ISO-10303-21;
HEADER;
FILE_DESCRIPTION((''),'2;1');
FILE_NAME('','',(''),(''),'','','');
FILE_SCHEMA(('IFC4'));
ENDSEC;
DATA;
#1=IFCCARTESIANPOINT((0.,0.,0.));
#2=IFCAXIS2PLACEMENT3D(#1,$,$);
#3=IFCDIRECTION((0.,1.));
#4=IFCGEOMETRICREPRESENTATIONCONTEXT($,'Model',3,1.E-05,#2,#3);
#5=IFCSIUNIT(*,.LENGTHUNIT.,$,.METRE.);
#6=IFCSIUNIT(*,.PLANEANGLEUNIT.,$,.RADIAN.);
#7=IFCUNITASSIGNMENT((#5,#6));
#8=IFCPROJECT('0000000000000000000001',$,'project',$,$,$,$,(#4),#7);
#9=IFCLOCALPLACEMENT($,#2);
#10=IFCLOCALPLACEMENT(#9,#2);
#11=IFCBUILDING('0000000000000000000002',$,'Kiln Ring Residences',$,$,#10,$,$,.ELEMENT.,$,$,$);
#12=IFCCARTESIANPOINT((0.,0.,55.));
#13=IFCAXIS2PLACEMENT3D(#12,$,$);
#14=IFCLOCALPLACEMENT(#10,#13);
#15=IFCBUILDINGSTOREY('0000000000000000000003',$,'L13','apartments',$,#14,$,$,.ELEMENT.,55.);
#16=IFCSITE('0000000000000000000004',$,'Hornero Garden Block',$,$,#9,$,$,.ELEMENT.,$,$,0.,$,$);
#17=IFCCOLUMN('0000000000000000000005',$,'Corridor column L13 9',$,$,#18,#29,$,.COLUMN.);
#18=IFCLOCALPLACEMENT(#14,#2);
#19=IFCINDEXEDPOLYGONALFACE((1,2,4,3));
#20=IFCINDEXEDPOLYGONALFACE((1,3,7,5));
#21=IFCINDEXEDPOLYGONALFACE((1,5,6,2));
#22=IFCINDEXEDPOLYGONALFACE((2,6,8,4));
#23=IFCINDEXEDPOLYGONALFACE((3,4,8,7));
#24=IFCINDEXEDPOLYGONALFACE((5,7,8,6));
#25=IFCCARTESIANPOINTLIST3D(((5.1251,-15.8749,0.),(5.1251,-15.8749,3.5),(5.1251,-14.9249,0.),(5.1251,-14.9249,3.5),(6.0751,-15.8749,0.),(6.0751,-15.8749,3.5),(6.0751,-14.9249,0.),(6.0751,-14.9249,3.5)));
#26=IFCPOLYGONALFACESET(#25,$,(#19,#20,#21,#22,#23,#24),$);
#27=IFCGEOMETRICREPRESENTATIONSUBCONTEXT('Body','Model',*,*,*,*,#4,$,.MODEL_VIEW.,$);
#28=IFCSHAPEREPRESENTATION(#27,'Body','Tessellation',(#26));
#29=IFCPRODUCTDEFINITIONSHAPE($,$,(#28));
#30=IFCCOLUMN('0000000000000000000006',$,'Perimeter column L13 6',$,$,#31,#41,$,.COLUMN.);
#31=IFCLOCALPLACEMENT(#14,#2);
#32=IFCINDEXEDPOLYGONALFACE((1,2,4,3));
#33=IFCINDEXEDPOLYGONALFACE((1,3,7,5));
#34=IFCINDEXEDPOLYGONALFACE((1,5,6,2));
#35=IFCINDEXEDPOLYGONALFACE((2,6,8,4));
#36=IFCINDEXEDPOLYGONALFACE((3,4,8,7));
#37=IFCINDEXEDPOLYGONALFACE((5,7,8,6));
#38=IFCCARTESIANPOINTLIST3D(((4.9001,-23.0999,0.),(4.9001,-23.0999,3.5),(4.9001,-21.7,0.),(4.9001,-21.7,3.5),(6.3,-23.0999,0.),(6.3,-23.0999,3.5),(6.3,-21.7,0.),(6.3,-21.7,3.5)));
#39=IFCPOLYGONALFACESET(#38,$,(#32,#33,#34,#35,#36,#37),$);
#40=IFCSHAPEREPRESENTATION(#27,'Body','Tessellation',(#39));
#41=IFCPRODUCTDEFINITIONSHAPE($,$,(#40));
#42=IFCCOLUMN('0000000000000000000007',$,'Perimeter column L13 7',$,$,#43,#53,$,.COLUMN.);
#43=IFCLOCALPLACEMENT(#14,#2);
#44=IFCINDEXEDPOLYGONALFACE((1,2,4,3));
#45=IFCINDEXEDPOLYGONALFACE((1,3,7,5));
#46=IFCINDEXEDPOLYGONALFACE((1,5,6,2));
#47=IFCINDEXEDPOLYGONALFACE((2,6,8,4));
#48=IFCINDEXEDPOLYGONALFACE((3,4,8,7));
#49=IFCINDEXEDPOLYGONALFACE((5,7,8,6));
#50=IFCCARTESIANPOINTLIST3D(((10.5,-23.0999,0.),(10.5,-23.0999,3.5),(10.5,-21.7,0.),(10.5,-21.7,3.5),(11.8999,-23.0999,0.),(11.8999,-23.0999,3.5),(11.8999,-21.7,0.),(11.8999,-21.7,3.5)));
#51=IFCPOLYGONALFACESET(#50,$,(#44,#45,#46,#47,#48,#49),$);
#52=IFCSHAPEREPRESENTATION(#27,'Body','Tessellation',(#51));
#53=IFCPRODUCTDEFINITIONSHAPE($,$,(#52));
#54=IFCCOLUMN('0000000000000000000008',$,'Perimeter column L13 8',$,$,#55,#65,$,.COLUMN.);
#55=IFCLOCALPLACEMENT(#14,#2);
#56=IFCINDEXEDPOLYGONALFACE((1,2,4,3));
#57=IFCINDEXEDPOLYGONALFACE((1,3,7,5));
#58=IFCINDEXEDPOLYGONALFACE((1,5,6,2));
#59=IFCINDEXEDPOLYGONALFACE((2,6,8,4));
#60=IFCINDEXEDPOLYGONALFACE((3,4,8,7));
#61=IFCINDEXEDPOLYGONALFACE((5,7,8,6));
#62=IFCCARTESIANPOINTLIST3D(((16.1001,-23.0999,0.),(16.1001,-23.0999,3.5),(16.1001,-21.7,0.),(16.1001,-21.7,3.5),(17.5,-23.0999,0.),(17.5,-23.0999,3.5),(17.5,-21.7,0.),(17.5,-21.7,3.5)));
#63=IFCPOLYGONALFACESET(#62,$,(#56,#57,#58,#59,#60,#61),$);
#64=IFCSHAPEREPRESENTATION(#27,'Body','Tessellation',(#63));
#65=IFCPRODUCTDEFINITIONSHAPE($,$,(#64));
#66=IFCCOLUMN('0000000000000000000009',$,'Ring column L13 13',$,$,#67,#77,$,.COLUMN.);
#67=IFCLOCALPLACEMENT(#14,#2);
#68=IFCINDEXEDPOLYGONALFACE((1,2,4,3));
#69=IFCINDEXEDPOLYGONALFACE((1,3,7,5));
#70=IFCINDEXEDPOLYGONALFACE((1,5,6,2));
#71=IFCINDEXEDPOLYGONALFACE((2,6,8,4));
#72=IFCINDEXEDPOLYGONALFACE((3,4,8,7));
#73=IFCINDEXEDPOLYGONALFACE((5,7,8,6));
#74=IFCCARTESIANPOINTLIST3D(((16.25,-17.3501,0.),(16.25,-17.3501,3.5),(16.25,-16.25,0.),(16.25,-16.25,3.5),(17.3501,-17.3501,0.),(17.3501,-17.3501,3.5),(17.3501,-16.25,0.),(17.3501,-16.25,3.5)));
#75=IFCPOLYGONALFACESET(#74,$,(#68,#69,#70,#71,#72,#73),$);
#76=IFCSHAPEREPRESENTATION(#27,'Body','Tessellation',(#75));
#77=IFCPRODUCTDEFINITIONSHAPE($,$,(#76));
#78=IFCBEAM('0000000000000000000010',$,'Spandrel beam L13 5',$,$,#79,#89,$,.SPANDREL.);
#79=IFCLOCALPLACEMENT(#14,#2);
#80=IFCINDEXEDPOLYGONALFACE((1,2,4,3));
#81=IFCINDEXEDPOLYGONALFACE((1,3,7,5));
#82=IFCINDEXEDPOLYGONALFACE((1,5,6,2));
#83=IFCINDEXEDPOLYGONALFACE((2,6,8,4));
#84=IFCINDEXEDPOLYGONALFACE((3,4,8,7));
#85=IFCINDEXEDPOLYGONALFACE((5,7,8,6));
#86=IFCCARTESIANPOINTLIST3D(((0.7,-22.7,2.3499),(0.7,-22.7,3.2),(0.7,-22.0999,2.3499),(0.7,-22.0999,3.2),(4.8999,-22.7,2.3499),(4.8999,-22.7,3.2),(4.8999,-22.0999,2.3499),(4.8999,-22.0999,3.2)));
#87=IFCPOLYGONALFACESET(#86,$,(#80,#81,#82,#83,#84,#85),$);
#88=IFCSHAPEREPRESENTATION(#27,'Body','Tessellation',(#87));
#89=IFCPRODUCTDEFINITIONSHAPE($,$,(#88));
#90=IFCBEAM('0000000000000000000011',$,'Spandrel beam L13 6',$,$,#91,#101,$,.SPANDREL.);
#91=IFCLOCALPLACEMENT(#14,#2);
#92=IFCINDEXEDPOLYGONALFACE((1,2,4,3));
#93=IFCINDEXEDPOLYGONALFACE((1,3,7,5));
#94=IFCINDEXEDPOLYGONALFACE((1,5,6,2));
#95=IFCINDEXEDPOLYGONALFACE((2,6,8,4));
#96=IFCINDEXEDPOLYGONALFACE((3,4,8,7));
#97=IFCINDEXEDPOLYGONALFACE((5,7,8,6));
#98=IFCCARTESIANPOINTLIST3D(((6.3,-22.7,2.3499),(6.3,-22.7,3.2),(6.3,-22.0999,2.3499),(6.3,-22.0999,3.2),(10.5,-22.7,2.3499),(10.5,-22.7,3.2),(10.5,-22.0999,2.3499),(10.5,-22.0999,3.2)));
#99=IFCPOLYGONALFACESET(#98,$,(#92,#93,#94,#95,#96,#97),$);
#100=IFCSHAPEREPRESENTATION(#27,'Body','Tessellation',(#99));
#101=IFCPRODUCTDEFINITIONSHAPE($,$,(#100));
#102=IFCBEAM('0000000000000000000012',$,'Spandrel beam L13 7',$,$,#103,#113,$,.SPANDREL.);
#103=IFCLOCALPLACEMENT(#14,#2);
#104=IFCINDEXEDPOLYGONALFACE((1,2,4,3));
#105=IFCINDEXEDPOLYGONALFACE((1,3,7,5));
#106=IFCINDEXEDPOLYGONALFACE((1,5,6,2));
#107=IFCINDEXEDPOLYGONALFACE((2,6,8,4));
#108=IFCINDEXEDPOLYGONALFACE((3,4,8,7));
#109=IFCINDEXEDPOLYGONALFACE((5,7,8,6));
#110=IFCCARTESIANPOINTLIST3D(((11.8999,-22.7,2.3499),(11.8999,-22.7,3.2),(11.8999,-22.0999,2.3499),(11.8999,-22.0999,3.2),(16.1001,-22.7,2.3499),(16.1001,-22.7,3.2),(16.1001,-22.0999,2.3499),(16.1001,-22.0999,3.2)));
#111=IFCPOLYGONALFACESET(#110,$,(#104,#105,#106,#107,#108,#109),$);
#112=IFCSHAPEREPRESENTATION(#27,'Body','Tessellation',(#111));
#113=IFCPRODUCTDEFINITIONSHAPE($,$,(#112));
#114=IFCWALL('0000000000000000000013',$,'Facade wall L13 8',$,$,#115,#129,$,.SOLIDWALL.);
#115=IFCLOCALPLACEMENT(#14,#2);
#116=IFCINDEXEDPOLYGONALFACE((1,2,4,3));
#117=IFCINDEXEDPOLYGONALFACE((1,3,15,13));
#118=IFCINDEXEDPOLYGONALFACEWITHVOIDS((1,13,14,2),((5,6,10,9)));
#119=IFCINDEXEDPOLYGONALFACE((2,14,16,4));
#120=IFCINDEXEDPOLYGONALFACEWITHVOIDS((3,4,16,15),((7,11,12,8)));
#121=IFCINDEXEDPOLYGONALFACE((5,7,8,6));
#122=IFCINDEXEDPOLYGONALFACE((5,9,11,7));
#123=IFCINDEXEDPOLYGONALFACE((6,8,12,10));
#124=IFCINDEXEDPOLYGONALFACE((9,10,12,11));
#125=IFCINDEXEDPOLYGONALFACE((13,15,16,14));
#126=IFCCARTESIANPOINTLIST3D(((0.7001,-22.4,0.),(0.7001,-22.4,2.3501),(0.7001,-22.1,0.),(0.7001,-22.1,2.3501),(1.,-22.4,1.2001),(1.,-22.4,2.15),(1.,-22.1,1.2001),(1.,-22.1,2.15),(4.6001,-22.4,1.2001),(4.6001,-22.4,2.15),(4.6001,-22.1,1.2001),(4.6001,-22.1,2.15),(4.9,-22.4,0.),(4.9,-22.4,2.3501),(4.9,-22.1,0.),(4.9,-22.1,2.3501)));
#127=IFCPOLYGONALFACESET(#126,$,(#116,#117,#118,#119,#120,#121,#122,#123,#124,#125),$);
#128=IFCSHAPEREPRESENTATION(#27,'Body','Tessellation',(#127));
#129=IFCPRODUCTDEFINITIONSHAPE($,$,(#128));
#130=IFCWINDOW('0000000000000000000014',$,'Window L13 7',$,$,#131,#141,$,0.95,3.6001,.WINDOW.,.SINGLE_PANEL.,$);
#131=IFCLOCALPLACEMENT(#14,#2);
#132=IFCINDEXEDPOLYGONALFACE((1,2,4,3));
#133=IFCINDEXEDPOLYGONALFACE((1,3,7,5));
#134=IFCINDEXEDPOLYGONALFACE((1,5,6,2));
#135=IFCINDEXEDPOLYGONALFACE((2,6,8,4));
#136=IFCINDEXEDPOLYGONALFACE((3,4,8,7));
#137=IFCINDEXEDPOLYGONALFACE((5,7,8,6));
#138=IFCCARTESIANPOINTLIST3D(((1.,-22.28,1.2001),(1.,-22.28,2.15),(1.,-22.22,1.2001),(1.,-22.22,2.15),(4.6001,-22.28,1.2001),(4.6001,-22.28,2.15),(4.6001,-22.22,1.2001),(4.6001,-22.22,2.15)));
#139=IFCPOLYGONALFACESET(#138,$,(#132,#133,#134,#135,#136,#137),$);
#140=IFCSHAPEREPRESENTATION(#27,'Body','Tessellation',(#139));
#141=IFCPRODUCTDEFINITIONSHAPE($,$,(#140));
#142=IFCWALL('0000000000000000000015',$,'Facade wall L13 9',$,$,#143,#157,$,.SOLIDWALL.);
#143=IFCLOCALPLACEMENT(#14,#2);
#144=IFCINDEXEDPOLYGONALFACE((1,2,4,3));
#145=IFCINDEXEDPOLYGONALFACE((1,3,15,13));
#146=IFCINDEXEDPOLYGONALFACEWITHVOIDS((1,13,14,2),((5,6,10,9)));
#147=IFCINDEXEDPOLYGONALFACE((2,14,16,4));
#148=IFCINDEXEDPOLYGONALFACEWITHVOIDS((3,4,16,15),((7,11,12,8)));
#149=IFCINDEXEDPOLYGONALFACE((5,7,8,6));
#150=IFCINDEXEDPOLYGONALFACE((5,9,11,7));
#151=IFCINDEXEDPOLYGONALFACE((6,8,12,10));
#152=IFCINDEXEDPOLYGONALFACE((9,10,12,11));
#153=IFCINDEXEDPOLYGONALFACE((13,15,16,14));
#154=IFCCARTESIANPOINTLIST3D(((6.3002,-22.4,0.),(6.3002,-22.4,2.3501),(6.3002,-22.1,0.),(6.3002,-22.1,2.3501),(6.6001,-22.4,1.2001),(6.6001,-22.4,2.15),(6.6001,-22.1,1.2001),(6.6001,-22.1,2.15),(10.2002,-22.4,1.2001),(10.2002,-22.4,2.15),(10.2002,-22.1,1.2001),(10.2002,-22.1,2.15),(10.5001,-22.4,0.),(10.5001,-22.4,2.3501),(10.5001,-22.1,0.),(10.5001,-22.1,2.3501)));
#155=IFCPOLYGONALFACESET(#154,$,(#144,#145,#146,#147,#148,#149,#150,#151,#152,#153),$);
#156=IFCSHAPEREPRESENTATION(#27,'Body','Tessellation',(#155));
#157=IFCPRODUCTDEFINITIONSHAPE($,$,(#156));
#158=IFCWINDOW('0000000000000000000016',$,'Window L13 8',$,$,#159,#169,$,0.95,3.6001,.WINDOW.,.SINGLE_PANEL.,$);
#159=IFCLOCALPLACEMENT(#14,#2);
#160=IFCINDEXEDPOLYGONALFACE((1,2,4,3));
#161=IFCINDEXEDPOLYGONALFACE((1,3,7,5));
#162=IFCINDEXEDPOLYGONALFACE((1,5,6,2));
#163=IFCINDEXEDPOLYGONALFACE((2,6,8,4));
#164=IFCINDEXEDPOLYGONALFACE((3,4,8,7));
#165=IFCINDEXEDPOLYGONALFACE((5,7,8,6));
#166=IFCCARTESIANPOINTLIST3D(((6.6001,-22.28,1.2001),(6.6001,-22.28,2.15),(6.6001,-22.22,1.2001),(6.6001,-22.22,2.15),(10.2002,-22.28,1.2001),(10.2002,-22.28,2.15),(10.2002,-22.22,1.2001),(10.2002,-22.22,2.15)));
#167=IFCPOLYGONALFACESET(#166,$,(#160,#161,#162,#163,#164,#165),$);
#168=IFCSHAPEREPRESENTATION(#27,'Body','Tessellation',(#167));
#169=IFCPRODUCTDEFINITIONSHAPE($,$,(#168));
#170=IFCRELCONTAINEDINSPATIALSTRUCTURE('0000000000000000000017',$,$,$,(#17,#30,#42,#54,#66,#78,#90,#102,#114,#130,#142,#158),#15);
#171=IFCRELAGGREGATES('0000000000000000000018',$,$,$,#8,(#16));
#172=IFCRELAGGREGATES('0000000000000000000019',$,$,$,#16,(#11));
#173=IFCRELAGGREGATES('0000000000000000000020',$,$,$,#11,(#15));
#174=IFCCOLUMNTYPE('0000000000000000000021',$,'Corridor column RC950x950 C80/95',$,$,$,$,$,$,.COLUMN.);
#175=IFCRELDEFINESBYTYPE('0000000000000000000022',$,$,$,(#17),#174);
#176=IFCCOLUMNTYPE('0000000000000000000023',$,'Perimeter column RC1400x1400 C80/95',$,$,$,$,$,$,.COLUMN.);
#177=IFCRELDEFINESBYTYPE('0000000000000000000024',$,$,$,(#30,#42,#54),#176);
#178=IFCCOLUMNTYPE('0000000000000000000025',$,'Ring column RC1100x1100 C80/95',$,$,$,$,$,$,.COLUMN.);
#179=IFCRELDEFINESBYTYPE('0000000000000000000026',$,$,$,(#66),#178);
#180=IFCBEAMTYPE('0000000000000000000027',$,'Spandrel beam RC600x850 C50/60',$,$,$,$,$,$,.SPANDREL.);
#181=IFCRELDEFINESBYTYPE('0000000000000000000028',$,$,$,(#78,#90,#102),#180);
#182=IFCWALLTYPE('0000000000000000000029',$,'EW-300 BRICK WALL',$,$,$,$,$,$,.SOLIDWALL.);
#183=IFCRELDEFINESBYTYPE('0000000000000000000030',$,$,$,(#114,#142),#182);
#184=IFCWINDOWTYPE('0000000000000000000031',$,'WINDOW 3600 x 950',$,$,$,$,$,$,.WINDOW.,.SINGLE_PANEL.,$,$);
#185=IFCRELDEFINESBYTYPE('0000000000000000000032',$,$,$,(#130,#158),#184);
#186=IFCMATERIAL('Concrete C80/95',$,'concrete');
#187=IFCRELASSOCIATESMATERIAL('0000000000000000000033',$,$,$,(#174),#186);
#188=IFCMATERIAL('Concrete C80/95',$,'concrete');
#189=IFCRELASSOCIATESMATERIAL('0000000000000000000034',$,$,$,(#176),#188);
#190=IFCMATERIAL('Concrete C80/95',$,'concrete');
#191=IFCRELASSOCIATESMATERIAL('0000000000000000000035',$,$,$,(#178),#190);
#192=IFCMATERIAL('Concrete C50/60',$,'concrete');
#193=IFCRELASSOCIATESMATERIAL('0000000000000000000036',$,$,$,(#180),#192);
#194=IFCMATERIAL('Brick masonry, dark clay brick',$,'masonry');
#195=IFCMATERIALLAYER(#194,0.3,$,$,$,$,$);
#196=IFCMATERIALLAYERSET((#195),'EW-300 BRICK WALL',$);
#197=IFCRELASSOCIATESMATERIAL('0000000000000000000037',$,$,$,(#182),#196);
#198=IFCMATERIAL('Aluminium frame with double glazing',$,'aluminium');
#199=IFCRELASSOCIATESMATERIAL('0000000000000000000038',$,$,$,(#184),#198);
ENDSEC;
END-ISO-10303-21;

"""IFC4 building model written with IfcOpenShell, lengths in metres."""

from ifc_helpers import new_model, si_unit, direction, frame, frame_2d, origin, origin_2d, place, context, subcontext, project, spatial, rectangle, extrude, material, layer, layer_set, material_profile, profile_set, type_object, element, fill, save


model = new_model("IFC4")

# Units and contexts
model_context = context("Model", 3, precision=1e-05, world=origin(), true_north=direction((0.0, 1.0)))
body_context = subcontext(model_context, "Body", "Model", "MODEL_VIEW")
ifc_project = project(units=[si_unit("LENGTHUNIT", "METRE"), si_unit("PLANEANGLEUNIT", "RADIAN")], contexts=[model_context])

# Site, building, storey
site_placement = place(None, origin())
site = spatial("IfcSite", under=ifc_project, at=site_placement, Name="Hornero Garden Block", CompositionType="ELEMENT", RefElevation=0.0)
building_placement = place(site_placement, origin())
building = spatial("IfcBuilding", under=site, at=building_placement, Name="Kiln Ring Residences", CompositionType="ELEMENT")
storey_placement = place(building_placement, frame((0.0, 0.0, 55.0)))
storey = spatial("IfcBuildingStorey", under=building, at=storey_placement, Name="L13", Description="apartments", CompositionType="ELEMENT", Elevation=55.0)

# Columns
ifc_material_1 = material(Name="Concrete C80/95", Category="concrete")
ifc_material_profile_1 = material_profile(ifc_material_1, rectangle(XDim=0.95, YDim=0.95, at=origin_2d()), Name="RC950x950")
ifc_profile_set_1 = profile_set([ifc_material_profile_1], Name="Concrete C80/95")
column_type_1 = type_object("IfcColumnType", Name="Corridor column RC950x950 C80/95", PredefinedType="COLUMN", material=ifc_profile_set_1)
column_1_placement = place(storey_placement, frame((5.6001, -15.3999, 0.0), z_axis=(0.0, 0.0, 1.0), x_axis=(1.0, 0.0, 0.0)))
element("IfcColumn", 1, at=column_1_placement, inside=storey, type_object=column_type_1, Name="Corridor column L13 9", PredefinedType="COLUMN", context=body_context, shape_type="SweptSolid", body=[
    extrude(rectangle(XDim=0.95, YDim=0.95, at=origin_2d()), origin(), (0.0, 0.0, 1.0), 3.5),
])
ifc_material_2 = material(Name="Concrete C80/95", Category="concrete")
ifc_material_profile_2 = material_profile(ifc_material_2, rectangle(XDim=1.3999, YDim=1.3999, at=origin_2d()), Name="RC1400x1400")
ifc_profile_set_2 = profile_set([ifc_material_profile_2], Name="Concrete C80/95")
column_type_2 = type_object("IfcColumnType", Name="Perimeter column RC1400x1400 C80/95", PredefinedType="COLUMN", material=ifc_profile_set_2)
for number, where, z_axis, x_axis, name in (
    (2, (5.6001, -22.3999, 0.0), (0.0, 0.0, 1.0), (1.0, 0.0, 0.0), "Perimeter column L13 6"),
    (3, (11.2, -22.3999, 0.0), (0.0, 0.0, 1.0), (1.0, 0.0, 0.0), "Perimeter column L13 7"),
    (4, (16.8, -22.3999, 0.0), (0.0, 0.0, 1.0), (1.0, 0.0, 0.0), "Perimeter column L13 8"),
):
    element("IfcColumn", number, at=place(storey_placement, frame(where, z_axis=z_axis, x_axis=x_axis)), inside=storey, type_object=column_type_2, Name=name, PredefinedType="COLUMN", context=body_context, shape_type="SweptSolid", body=[
        extrude(rectangle(XDim=1.3999, YDim=1.3999, at=origin_2d()), origin(), (0.0, 0.0, 1.0), 3.5),
    ])
ifc_material_3 = material(Name="Concrete C80/95", Category="concrete")
ifc_material_profile_3 = material_profile(ifc_material_3, rectangle(XDim=1.1001, YDim=1.1001, at=origin_2d()), Name="RC1100x1100")
ifc_profile_set_3 = profile_set([ifc_material_profile_3], Name="Concrete C80/95")
column_type_3 = type_object("IfcColumnType", Name="Ring column RC1100x1100 C80/95", PredefinedType="COLUMN", material=ifc_profile_set_3)
column_2_placement = place(storey_placement, frame((16.8, -16.8, 0.0), z_axis=(0.0, 0.0, 1.0), x_axis=(1.0, 0.0, 0.0)))
element("IfcColumn", 5, at=column_2_placement, inside=storey, type_object=column_type_3, Name="Ring column L13 13", PredefinedType="COLUMN", context=body_context, shape_type="SweptSolid", body=[
    extrude(rectangle(XDim=1.1001, YDim=1.1001, at=origin_2d()), origin(), (0.0, 0.0, 1.0), 3.5),
])

# Beams
ifc_material_4 = material(Name="Concrete C50/60", Category="concrete")
ifc_material_profile_4 = material_profile(ifc_material_4, rectangle(XDim=0.6001, YDim=0.8501, at=origin_2d()), Name="RC600x850")
ifc_profile_set_4 = profile_set([ifc_material_profile_4], Name="Concrete C50/60")
beam_type = type_object("IfcBeamType", Name="Spandrel beam RC600x850 C50/60", PredefinedType="SPANDREL", material=ifc_profile_set_4)
for number, where, z_axis, x_axis, name in (
    (6, (0.7, -22.3999, 2.7749), (1.0, 0.0, 0.0), (0.0, 1.0, 0.0), "Spandrel beam L13 5"),
    (7, (6.3, -22.3999, 2.7749), (1.0, 0.0, 0.0), (0.0, 1.0, 0.0), "Spandrel beam L13 6"),
):
    element("IfcBeam", number, at=place(storey_placement, frame(where, z_axis=z_axis, x_axis=x_axis)), inside=storey, type_object=beam_type, Name=name, PredefinedType="SPANDREL", context=body_context, shape_type="SweptSolid", body=[
        extrude(rectangle(XDim=0.6001, YDim=0.8501, at=origin_2d()), origin(), (0.0, 0.0, 1.0), 4.2),
    ])
beam_placement = place(storey_placement, frame((11.8999, -22.3999, 2.7749), z_axis=(1.0, 0.0, 0.0), x_axis=(0.0, 1.0, 0.0)))
element("IfcBeam", 8, at=beam_placement, inside=storey, type_object=beam_type, Name="Spandrel beam L13 7", PredefinedType="SPANDREL", context=body_context, shape_type="SweptSolid", body=[
    extrude(rectangle(XDim=0.6001, YDim=0.8501, at=origin_2d()), origin(), (0.0, 0.0, 1.0), 4.2002),
])

# Walls, openings, windows
ifc_material_5 = material(Name="Brick masonry, dark clay brick", Category="masonry")
ifc_layer_1 = layer(ifc_material_5, 0.3)
ifc_layer_set_1 = layer_set([ifc_layer_1], Name="EW-300 BRICK WALL")
wall_type_1 = type_object("IfcWallType", Name="EW-300 BRICK WALL", PredefinedType="SOLIDWALL", material=ifc_layer_set_1)
wall_1_placement = place(storey_placement, frame((0.7, -22.25, 0.0), z_axis=(0.0, 0.0, 1.0), x_axis=(1.0, 0.0, 0.0)))
wall_1 = element("IfcWall", 9, at=wall_1_placement, inside=storey, type_object=wall_type_1, Name="Facade wall L13 8", PredefinedType="SOLIDWALL", context=body_context, shape_type="SweptSolid", body=[
    extrude(rectangle(XDim=4.2, YDim=0.3, at=frame_2d((2.1001, 0.0))), origin(), (0.0, 0.0, 1.0), 2.3501),
])
opening_1_placement = place(wall_1_placement, frame((0.3, 0.0, 1.2)))
opening_1 = element("IfcOpeningElement", 10, at=opening_1_placement, cuts=wall_1, PredefinedType="OPENING", context=body_context, shape_type="SweptSolid", body=[
    extrude(rectangle(XDim=3.6001, YDim=0.95, at=frame_2d((1.8, 0.4751))), frame((0.0, 0.1599, 0.0), z_axis=(0.0, -1.0, 0.0), x_axis=(1.0, 0.0, 0.0)), (0.0, 0.0, 1.0), 0.3201),
])
ifc_material_6 = material(Name="Aluminium frame with double glazing", Category="aluminium")
window_type = type_object("IfcWindowType", Name="WINDOW 3600 x 950", PartitioningType="SINGLE_PANEL", PredefinedType="WINDOW", material=ifc_material_6)
window_1_placement = place(opening_1_placement, origin())
window_1 = element("IfcWindow", 11, at=window_1_placement, inside=storey, type_object=window_type, Name="Window L13 7", OverallHeight=0.95, OverallWidth=3.6001, PartitioningType="SINGLE_PANEL", PredefinedType="WINDOW", context=body_context, shape_type="SweptSolid", body=[
    extrude(rectangle(XDim=3.6001, YDim=0.95, at=frame_2d((1.8, 0.4751))), frame((0.0, 0.03, 0.0), z_axis=(0.0, -1.0, 0.0), x_axis=(1.0, 0.0, 0.0)), (0.0, 0.0, 1.0), 0.0601),
])
fill(opening_1, window_1)
wall_2_placement = place(storey_placement, frame((6.3, -22.25, 0.0), z_axis=(0.0, 0.0, 1.0), x_axis=(1.0, 0.0, 0.0)))
wall_2 = element("IfcWall", 12, at=wall_2_placement, inside=storey, type_object=wall_type_1, Name="Facade wall L13 9", PredefinedType="SOLIDWALL", context=body_context, shape_type="SweptSolid", body=[
    extrude(rectangle(XDim=4.2, YDim=0.3, at=frame_2d((2.1001, 0.0))), origin(), (0.0, 0.0, 1.0), 2.3501),
])
opening_2_placement = place(wall_2_placement, frame((0.3, 0.0, 1.2)))
opening_2 = element("IfcOpeningElement", 13, at=opening_2_placement, cuts=wall_2, PredefinedType="OPENING", context=body_context, shape_type="SweptSolid", body=[
    extrude(rectangle(XDim=3.6001, YDim=0.95, at=frame_2d((1.8, 0.4751))), frame((0.0, 0.1599, 0.0), z_axis=(0.0, -1.0, 0.0), x_axis=(1.0, 0.0, 0.0)), (0.0, 0.0, 1.0), 0.3201),
])
window_2_placement = place(opening_2_placement, origin())
window_2 = element("IfcWindow", 14, at=window_2_placement, inside=storey, type_object=window_type, Name="Window L13 8", OverallHeight=0.95, OverallWidth=3.6001, PartitioningType="SINGLE_PANEL", PredefinedType="WINDOW", context=body_context, shape_type="SweptSolid", body=[
    extrude(rectangle(XDim=3.6001, YDim=0.95, at=frame_2d((1.8, 0.4751))), frame((0.0, 0.03, 0.0), z_axis=(0.0, -1.0, 0.0), x_axis=(1.0, 0.0, 0.0)), (0.0, 0.0, 1.0), 0.0601),
])
fill(opening_2, window_2)

save(model, "model.ifc")
